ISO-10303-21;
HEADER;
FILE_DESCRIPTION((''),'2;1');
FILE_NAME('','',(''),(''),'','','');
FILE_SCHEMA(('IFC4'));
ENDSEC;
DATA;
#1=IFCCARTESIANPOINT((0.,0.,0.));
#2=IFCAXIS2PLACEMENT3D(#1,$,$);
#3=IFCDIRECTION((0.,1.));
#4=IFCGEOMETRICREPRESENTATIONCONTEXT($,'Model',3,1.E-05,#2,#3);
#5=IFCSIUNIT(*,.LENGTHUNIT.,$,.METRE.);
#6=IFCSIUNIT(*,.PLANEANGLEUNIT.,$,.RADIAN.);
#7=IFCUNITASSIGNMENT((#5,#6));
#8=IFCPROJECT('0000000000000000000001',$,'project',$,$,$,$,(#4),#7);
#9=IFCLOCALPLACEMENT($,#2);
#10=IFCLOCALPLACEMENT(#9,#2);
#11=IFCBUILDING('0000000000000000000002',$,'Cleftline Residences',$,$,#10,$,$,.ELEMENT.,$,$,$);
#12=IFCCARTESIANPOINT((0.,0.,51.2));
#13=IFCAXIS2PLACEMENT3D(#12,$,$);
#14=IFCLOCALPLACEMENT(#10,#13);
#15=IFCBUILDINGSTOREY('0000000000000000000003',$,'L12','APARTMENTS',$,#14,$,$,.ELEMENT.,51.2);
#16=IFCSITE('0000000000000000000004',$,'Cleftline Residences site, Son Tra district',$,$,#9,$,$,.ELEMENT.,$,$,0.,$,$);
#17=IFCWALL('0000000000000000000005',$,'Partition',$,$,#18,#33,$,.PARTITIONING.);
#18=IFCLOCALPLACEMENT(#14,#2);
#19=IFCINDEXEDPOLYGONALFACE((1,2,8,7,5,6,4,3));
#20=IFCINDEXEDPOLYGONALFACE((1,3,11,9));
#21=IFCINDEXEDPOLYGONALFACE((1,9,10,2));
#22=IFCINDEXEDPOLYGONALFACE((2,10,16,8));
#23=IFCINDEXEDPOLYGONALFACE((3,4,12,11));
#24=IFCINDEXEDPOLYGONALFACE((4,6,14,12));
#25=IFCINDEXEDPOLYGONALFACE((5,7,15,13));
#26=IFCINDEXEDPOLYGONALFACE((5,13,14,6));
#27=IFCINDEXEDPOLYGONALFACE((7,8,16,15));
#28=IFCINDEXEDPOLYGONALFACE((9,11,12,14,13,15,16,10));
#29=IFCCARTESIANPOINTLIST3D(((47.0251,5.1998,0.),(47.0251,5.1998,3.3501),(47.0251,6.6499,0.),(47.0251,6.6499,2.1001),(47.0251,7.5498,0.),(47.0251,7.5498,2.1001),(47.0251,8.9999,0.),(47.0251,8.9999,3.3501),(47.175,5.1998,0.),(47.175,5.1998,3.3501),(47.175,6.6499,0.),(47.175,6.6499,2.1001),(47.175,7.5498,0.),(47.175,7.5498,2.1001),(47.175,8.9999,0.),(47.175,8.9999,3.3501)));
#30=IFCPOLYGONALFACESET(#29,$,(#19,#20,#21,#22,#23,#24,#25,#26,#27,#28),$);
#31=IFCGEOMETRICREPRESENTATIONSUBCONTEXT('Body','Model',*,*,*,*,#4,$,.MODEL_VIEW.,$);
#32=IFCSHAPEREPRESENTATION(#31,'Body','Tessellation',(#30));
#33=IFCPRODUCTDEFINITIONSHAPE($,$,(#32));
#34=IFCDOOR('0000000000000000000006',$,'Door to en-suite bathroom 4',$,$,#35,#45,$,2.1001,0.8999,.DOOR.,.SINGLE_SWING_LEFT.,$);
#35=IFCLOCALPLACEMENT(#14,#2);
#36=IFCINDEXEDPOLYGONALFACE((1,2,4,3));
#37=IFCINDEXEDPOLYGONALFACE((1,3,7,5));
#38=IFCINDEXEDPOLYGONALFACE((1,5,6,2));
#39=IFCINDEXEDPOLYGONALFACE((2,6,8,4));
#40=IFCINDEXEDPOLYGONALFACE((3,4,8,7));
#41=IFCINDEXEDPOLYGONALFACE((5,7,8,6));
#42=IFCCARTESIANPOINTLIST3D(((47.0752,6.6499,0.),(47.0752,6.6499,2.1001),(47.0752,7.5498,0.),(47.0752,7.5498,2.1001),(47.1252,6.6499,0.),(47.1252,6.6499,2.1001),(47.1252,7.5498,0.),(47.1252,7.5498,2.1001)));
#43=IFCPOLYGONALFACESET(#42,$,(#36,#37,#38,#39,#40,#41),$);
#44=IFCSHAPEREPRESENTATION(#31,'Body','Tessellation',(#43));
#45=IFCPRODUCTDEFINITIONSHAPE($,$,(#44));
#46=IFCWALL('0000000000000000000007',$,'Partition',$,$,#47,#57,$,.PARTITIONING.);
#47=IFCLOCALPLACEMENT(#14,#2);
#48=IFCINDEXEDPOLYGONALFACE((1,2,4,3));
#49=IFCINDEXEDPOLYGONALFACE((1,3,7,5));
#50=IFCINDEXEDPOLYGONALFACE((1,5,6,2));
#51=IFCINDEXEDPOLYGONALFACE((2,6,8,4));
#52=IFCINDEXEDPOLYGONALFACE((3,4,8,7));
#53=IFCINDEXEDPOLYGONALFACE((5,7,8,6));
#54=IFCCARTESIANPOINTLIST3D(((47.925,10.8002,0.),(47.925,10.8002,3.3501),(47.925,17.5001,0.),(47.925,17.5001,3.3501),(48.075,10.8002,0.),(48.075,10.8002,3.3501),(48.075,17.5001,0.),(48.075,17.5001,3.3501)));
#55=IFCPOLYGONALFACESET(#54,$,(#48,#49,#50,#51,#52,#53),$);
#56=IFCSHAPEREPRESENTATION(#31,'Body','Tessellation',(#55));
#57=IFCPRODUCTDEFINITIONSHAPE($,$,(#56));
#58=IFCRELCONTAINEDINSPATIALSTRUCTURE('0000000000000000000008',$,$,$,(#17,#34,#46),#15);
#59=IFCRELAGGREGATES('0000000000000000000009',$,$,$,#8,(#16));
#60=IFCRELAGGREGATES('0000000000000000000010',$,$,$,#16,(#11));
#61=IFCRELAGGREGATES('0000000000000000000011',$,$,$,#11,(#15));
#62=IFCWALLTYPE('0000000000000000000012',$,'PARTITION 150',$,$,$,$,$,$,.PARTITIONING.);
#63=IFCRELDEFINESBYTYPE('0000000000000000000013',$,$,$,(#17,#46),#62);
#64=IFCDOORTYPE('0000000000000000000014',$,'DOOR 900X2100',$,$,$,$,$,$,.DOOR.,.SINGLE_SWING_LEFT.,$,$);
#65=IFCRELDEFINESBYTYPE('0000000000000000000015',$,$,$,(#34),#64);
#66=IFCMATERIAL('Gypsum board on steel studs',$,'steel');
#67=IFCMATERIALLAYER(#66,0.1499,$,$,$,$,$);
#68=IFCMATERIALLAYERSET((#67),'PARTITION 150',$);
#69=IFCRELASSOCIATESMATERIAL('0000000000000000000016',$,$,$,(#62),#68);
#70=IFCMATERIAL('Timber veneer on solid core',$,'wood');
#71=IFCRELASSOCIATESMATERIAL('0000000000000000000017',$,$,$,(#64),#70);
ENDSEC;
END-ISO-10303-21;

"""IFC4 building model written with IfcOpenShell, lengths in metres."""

from ifc_helpers import new_model, si_unit, direction, frame, frame_2d, origin, place, context, subcontext, project, spatial, rectangle, extrude, material, layer, layer_set, type_object, element, fill, save


model = new_model("IFC4")

# Units and contexts
model_context = context("Model", 3, precision=1e-05, world=origin(), true_north=direction((0.0, 1.0)))
body_context = subcontext(model_context, "Body", "Model", "MODEL_VIEW")
ifc_project = project(units=[si_unit("LENGTHUNIT", "METRE"), si_unit("PLANEANGLEUNIT", "RADIAN")], contexts=[model_context])

# Site, building, storey
site_placement = place(None, origin())
site = spatial("IfcSite", under=ifc_project, at=site_placement, Name="Cleftline Residences site, Son Tra district", CompositionType="ELEMENT", RefElevation=0.0)
building_placement = place(site_placement, origin())
building = spatial("IfcBuilding", under=site, at=building_placement, Name="Cleftline Residences", CompositionType="ELEMENT")
storey_placement = place(building_placement, frame((0.0, 0.0, 51.2)))
storey = spatial("IfcBuildingStorey", under=building, at=storey_placement, Name="L12", Description="APARTMENTS", CompositionType="ELEMENT", Elevation=51.2)

# Shared definitions
ifc_material_1 = material(Name="Gypsum board on steel studs", Category="steel")
ifc_layer_1 = layer(ifc_material_1, 0.1499)
ifc_layer_set_1 = layer_set([ifc_layer_1], Name="PARTITION 150")
wall_type = type_object("IfcWallType", Name="PARTITION 150", PredefinedType="PARTITIONING", material=ifc_layer_set_1)

# Shared definitions
ifc_material_2 = material(Name="Timber veneer on solid core", Category="wood")
door_type_1 = type_object("IfcDoorType", Name="DOOR 900X2100", OperationType="SINGLE_SWING_LEFT", PredefinedType="DOOR", material=ifc_material_2)

# Wall, opening, door
wall_1_placement = place(storey_placement, frame((47.1001, 5.2, 0.0), z_axis=(0.0, 0.0, 1.0), x_axis=(0.0, 1.0, 0.0)))
wall_1 = element("IfcWall", 1, at=wall_1_placement, inside=storey, type_object=wall_type, Name="Partition", PredefinedType="PARTITIONING", context=body_context, shape_type="SweptSolid", body=[
    extrude(rectangle(XDim=3.8, YDim=0.1499, at=frame_2d((1.8999, 0.0))), origin(), (0.0, 0.0, 1.0), 3.3501),
])
opening_1_placement = place(wall_1_placement, frame((1.45, 0.0, 0.0)))
opening_1 = element("IfcOpeningElement", 2, at=opening_1_placement, cuts=wall_1, PredefinedType="OPENING", context=body_context, shape_type="SweptSolid", body=[
    extrude(rectangle(XDim=0.8999, YDim=2.1001, at=frame_2d((0.45, 1.05))), frame((0.0, 0.085, 0.0), z_axis=(0.0, -1.0, 0.0), x_axis=(1.0, 0.0, 0.0)), (0.0, 0.0, 1.0), 0.1699),
])
door_1_placement = place(opening_1_placement, origin())
door_1 = element("IfcDoor", 3, at=door_1_placement, inside=storey, type_object=door_type_1, Name="Door to en-suite bathroom 4", OperationType="SINGLE_SWING_LEFT", OverallHeight=2.1001, OverallWidth=0.8999, PredefinedType="DOOR", context=body_context, shape_type="SweptSolid", body=[
    extrude(rectangle(XDim=0.8999, YDim=2.1001, at=frame_2d((0.45, 1.05))), frame((0.0, 0.0249, 0.0), z_axis=(0.0, -1.0, 0.0), x_axis=(1.0, 0.0, 0.0)), (0.0, 0.0, 1.0), 0.05),
])
fill(opening_1, door_1)

# Wall
wall_2_placement = place(storey_placement, frame((48.0, 10.8, 0.0), z_axis=(0.0, 0.0, 1.0), x_axis=(0.0, 1.0, 0.0)))
element("IfcWall", 4, at=wall_2_placement, inside=storey, type_object=wall_type, Name="Partition", PredefinedType="PARTITIONING", context=body_context, shape_type="SweptSolid", body=[
    extrude(rectangle(XDim=6.7, YDim=0.1499, at=frame_2d((3.3501, 0.0))), origin(), (0.0, 0.0, 1.0), 3.3501),
])

save(model, "model.ifc")
